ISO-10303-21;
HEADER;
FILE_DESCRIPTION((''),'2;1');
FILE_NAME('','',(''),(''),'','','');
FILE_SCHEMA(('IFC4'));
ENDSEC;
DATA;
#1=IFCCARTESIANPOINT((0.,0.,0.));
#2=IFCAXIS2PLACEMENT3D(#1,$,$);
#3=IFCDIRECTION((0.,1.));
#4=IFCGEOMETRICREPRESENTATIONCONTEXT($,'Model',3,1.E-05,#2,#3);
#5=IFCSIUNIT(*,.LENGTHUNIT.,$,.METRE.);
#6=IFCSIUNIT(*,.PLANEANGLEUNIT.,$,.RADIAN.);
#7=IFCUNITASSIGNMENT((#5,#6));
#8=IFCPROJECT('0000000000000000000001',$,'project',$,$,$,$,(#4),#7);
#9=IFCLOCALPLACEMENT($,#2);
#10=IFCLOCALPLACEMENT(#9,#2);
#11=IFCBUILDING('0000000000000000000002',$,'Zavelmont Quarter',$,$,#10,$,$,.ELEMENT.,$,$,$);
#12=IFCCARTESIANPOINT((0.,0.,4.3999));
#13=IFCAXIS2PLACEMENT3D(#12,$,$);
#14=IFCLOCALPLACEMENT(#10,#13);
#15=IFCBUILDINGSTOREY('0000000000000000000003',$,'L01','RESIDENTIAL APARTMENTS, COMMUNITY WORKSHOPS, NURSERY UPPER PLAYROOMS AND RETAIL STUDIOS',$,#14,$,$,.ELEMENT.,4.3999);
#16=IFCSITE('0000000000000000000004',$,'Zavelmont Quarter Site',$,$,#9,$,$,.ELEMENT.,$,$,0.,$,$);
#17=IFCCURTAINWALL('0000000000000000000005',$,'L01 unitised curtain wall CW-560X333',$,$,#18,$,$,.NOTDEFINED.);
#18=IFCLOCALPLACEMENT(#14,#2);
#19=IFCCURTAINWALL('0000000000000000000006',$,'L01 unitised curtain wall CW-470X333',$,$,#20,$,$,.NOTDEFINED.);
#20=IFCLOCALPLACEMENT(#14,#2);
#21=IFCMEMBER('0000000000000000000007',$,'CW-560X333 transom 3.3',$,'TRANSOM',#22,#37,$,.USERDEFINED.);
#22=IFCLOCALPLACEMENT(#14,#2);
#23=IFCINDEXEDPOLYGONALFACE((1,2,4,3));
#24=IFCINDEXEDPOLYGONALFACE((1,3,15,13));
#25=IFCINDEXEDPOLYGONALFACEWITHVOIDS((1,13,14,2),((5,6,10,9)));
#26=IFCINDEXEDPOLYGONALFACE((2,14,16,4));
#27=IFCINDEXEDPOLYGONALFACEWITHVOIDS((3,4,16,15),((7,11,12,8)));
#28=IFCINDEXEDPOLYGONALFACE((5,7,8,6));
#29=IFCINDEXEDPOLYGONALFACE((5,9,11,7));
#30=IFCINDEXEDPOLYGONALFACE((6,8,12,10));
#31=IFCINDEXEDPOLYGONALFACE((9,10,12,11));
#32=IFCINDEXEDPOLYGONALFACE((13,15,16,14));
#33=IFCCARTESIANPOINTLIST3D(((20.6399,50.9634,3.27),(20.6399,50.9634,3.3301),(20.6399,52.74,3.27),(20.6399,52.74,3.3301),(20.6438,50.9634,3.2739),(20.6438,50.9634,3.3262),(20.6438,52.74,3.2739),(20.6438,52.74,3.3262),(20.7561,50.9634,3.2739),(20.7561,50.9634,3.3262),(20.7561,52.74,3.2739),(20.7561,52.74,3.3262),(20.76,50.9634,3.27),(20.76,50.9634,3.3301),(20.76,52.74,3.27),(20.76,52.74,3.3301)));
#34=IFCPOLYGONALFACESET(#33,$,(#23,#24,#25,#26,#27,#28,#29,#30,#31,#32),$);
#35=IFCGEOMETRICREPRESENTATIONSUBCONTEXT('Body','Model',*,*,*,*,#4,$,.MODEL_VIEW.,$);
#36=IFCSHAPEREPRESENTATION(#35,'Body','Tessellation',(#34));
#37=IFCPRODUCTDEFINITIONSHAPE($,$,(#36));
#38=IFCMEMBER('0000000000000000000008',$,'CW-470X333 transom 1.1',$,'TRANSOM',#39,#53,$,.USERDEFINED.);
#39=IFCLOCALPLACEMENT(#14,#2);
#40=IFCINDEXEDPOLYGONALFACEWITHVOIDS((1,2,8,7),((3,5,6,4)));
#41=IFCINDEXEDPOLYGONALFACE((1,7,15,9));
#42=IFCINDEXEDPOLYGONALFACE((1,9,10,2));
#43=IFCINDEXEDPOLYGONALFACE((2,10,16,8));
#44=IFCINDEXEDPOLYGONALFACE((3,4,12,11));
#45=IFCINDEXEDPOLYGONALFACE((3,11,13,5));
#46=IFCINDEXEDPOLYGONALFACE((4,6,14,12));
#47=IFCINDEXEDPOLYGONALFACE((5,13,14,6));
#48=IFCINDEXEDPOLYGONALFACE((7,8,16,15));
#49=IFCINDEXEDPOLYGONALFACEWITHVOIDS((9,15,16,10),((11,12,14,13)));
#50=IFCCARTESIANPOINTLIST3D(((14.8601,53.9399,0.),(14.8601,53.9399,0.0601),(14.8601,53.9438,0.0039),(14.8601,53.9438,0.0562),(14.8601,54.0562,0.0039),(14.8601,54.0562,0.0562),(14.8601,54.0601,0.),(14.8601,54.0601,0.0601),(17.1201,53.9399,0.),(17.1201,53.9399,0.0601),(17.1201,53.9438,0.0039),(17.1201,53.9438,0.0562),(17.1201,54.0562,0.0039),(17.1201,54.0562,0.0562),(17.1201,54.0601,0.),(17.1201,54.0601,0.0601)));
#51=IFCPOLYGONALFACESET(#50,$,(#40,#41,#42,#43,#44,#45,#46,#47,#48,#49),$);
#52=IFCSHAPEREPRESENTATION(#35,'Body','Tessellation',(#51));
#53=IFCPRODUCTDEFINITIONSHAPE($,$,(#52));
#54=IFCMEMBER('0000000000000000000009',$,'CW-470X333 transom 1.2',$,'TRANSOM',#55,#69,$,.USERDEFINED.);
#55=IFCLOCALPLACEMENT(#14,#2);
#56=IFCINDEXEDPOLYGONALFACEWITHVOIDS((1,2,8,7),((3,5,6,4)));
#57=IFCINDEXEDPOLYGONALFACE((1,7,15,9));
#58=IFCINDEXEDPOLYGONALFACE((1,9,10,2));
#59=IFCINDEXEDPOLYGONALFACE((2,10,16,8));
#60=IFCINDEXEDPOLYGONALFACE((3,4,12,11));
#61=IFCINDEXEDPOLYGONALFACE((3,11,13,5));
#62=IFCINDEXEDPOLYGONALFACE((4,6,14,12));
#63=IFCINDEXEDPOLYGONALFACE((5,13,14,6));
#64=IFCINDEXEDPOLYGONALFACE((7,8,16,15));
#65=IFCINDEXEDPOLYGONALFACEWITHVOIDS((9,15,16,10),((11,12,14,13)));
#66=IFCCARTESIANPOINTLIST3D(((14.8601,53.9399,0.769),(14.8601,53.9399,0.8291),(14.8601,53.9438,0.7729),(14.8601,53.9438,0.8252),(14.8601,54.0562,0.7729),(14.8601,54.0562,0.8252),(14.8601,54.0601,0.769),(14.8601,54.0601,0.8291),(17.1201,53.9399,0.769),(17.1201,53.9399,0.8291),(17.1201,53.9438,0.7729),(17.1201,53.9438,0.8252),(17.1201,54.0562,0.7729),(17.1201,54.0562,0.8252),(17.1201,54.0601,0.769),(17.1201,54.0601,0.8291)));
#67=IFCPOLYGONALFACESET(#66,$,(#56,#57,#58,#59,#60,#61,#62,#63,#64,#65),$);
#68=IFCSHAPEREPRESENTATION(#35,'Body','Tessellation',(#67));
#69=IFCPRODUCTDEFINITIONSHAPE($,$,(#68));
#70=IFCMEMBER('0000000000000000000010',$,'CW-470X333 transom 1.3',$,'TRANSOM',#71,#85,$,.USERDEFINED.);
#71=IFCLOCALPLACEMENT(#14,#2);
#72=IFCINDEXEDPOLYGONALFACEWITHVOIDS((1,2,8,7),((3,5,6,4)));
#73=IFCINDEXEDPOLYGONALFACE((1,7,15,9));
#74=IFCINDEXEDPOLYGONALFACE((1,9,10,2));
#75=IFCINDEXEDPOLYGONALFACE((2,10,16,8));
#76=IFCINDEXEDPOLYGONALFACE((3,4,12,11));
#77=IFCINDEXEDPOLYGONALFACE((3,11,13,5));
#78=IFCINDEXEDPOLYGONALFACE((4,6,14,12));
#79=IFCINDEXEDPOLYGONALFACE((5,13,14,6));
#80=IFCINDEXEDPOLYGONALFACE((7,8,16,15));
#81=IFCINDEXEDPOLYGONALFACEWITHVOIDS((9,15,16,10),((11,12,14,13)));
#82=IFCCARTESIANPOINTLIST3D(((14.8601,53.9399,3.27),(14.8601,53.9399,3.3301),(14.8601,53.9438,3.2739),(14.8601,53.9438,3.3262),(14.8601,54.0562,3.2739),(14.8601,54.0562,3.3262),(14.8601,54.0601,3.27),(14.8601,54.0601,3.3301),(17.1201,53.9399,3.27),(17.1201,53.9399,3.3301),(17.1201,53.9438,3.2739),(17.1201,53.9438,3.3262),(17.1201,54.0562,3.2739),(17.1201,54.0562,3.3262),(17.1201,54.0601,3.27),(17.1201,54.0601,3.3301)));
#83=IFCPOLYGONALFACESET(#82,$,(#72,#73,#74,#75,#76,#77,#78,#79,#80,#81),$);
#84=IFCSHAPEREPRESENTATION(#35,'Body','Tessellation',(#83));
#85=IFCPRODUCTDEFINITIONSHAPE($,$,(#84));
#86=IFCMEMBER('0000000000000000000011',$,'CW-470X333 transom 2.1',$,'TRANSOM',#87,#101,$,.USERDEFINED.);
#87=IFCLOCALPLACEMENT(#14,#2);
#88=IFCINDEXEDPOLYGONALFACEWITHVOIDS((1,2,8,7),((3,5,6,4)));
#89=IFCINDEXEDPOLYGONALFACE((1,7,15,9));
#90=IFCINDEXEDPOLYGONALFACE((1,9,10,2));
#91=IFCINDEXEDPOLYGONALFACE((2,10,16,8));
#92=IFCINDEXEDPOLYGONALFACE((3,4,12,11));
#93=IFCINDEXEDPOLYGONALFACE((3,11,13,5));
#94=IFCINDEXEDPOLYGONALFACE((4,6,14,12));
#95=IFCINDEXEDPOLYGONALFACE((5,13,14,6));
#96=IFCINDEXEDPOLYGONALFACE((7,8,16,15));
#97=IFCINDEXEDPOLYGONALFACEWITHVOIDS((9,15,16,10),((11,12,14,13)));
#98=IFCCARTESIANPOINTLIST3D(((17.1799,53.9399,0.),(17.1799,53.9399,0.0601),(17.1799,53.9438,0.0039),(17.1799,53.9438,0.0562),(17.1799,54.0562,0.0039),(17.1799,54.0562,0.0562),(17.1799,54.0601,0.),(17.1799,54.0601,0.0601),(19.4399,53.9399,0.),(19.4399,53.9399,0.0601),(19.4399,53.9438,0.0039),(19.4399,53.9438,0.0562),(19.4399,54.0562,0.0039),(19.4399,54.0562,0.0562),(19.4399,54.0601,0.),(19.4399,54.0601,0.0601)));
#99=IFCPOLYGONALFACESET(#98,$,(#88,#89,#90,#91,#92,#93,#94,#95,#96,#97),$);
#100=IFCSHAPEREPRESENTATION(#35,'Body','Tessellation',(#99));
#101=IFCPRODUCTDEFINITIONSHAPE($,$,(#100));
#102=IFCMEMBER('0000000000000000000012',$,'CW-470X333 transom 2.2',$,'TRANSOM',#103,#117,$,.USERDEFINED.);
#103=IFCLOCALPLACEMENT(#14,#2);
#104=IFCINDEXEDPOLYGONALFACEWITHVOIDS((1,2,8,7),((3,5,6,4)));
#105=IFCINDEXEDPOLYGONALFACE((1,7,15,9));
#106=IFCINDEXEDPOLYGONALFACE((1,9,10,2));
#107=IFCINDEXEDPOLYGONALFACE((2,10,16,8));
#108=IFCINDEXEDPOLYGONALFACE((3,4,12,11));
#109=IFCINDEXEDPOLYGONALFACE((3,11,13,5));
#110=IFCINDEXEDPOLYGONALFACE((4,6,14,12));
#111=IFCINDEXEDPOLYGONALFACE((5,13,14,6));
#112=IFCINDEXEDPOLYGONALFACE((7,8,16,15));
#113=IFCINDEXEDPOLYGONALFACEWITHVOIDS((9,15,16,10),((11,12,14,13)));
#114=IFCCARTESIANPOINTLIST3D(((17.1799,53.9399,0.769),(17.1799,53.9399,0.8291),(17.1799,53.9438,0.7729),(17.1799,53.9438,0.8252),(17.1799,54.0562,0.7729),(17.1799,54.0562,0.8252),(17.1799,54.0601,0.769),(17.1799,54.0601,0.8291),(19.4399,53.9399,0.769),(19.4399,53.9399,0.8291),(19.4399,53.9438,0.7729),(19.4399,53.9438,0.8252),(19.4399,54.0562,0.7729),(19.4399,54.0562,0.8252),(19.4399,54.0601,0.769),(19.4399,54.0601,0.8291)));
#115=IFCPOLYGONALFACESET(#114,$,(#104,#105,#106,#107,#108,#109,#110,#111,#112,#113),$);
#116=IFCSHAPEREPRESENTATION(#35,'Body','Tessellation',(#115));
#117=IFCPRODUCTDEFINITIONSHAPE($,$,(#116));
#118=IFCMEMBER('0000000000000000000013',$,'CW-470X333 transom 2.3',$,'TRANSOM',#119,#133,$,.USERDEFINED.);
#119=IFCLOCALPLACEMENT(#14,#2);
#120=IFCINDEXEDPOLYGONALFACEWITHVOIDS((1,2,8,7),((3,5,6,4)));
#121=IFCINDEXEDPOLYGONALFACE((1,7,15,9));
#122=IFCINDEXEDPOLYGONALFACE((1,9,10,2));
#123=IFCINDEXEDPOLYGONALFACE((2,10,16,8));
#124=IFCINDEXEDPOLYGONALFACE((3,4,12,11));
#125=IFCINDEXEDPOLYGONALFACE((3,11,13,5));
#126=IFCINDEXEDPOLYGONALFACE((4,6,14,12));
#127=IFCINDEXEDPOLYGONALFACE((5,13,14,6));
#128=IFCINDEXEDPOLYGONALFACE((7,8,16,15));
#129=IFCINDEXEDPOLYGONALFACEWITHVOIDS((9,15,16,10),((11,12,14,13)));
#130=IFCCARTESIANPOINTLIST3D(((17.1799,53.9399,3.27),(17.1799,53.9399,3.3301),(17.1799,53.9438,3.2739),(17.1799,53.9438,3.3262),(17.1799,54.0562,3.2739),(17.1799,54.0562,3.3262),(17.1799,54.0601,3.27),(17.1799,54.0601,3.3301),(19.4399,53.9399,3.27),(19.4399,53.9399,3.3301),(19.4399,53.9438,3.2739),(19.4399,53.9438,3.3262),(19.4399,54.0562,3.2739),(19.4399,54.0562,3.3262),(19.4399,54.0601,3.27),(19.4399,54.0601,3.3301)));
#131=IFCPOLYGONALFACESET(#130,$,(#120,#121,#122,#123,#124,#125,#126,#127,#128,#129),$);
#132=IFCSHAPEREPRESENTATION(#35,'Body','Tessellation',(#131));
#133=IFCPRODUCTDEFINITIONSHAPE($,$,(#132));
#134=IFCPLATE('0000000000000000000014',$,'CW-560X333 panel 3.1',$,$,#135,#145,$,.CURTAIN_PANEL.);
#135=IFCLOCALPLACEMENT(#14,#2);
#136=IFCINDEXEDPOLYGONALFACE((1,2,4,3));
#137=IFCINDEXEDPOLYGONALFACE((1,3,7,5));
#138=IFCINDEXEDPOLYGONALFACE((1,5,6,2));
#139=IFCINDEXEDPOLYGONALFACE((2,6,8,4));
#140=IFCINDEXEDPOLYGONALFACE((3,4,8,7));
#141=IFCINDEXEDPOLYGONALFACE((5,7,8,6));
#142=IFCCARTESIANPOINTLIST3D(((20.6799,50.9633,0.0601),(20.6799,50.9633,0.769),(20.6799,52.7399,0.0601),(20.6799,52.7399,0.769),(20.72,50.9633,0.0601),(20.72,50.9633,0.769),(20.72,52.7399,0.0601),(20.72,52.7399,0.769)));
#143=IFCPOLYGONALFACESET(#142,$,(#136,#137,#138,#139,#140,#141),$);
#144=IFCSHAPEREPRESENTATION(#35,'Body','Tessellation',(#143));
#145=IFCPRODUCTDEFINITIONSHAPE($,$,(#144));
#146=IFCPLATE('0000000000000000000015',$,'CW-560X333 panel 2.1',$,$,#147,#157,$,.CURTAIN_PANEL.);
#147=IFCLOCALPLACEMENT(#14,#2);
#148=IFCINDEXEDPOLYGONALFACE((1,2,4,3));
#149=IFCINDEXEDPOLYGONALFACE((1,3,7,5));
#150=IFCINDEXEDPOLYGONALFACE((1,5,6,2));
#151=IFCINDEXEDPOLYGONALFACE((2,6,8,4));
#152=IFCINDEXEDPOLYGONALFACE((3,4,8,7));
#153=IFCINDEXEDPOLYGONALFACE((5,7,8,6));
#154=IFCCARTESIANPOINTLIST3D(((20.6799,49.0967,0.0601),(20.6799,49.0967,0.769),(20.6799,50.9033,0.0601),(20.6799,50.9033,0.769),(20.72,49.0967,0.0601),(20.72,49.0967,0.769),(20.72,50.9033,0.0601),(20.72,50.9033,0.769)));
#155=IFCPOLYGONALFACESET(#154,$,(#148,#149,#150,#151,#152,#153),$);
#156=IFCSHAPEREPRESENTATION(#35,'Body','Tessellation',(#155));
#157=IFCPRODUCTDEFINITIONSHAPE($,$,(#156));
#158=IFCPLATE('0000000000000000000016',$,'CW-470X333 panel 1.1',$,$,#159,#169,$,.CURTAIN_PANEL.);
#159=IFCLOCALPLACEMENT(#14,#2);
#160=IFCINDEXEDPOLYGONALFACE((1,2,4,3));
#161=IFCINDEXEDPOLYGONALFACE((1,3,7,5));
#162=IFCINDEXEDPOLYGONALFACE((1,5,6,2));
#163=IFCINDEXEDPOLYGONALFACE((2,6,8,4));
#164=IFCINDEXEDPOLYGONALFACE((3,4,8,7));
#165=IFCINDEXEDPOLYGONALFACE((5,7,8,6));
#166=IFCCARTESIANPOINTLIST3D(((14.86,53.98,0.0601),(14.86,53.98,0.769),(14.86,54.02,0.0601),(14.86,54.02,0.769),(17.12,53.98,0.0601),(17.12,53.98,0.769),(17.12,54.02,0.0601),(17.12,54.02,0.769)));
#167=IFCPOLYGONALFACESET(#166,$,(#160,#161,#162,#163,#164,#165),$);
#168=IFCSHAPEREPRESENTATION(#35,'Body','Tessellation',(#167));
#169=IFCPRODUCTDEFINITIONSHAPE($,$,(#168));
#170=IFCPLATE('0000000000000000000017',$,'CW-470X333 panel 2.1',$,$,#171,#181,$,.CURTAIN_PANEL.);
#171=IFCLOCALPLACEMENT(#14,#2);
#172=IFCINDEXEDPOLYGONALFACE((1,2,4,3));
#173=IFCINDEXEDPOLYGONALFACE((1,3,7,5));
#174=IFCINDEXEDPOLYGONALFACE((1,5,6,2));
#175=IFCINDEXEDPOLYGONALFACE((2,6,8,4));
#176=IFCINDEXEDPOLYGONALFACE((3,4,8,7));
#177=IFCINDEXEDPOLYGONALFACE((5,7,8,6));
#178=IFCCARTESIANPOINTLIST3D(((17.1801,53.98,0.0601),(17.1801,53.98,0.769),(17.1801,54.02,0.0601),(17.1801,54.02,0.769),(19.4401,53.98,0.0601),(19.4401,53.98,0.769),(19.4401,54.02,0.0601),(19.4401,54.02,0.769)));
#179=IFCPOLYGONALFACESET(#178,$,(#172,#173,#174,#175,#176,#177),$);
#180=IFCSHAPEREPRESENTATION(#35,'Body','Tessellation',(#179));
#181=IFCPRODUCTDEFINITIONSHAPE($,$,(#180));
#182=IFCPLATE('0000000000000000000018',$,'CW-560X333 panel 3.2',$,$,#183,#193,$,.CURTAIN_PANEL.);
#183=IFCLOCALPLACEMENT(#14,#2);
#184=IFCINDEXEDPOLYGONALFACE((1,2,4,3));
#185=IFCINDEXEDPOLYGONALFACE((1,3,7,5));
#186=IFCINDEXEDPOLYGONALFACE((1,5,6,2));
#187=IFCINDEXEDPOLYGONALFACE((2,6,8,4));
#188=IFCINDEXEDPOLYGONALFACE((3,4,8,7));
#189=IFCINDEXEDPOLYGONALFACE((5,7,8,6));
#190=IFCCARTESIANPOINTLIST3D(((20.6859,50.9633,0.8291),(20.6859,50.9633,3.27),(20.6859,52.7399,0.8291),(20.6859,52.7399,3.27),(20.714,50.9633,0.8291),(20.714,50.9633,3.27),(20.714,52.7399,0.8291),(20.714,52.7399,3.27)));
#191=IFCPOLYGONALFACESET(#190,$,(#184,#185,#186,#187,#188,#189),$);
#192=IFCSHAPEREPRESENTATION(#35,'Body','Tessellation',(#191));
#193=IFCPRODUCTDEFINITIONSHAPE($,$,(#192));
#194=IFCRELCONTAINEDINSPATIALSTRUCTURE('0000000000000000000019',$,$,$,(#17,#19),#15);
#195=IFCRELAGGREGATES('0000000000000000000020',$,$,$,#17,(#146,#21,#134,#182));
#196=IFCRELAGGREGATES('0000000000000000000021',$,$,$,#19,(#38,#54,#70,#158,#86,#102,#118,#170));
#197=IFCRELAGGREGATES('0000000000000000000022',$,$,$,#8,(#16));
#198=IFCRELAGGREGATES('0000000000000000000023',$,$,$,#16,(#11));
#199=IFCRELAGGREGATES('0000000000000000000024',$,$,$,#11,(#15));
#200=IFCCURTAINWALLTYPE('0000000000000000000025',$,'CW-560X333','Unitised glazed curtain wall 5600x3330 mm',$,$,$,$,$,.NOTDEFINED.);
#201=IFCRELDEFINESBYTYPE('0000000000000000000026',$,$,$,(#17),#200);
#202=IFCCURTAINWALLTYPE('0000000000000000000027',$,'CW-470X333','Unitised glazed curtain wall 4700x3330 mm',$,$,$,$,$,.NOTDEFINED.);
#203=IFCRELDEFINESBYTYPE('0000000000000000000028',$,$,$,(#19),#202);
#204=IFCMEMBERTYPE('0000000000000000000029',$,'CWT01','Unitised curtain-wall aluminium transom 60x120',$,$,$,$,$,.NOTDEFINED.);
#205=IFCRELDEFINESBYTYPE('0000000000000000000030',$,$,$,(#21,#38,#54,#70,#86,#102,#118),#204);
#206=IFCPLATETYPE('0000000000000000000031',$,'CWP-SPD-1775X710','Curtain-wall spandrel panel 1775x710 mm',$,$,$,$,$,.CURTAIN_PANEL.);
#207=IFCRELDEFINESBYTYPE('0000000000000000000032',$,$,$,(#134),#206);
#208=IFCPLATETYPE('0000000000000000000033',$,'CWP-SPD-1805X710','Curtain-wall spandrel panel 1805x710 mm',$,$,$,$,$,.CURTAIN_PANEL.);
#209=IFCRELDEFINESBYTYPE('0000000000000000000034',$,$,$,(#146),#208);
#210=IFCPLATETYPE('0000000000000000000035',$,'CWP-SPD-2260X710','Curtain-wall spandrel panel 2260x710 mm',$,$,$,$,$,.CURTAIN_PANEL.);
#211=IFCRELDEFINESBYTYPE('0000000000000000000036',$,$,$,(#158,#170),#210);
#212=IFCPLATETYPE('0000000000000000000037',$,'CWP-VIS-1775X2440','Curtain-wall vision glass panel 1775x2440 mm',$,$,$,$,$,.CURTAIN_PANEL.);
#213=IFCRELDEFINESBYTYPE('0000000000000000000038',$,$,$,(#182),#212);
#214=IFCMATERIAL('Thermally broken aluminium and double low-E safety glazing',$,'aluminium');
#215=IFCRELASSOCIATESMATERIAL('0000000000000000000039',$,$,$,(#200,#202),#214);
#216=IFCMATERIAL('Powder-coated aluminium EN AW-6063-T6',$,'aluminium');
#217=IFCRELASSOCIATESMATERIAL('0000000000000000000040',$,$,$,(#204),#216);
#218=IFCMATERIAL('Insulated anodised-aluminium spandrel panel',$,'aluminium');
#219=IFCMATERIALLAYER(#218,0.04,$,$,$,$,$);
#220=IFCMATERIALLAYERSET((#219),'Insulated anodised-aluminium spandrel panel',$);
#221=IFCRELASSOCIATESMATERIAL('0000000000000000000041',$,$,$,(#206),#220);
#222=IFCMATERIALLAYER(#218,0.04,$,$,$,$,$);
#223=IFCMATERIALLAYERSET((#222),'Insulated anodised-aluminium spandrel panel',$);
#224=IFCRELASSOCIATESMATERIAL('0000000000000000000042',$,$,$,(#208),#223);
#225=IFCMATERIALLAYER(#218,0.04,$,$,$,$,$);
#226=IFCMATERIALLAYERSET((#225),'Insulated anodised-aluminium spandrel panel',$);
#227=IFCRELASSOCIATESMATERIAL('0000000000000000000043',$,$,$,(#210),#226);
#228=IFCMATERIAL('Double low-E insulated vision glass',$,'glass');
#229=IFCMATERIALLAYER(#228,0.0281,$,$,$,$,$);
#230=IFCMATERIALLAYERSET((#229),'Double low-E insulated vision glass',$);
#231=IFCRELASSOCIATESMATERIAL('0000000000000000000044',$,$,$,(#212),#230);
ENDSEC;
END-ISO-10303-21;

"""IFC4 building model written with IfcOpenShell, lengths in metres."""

from ifc_helpers import new_model, si_unit, direction, frame, origin, origin_2d, place, context, subcontext, project, spatial, rectangle, hollow_rectangle, extrude, material, layer, layer_set, material_profile, profile_set, type_object, element, aggregate, save


model = new_model("IFC4")

# Units and contexts
model_context = context("Model", 3, precision=1e-05, world=origin(), true_north=direction((0.0, 1.0)))
body_context = subcontext(model_context, "Body", "Model", "MODEL_VIEW")
ifc_project = project(units=[si_unit("LENGTHUNIT", "METRE"), si_unit("PLANEANGLEUNIT", "RADIAN")], contexts=[model_context])

# Site, building, storey
site_placement = place(None, origin())
site = spatial("IfcSite", under=ifc_project, at=site_placement, Name="Zavelmont Quarter Site", CompositionType="ELEMENT", RefElevation=0.0)
building_placement = place(site_placement, origin())
building = spatial("IfcBuilding", under=site, at=building_placement, Name="Zavelmont Quarter", CompositionType="ELEMENT")
storey_placement = place(building_placement, frame((0.0, 0.0, 4.3999)))
storey = spatial("IfcBuildingStorey", under=building, at=storey_placement, Name="L01", Description="RESIDENTIAL APARTMENTS, COMMUNITY WORKSHOPS, NURSERY UPPER PLAYROOMS AND RETAIL STUDIOS", CompositionType="ELEMENT", Elevation=4.3999)

# Curtain walls
ifc_material_1 = material(Name="Thermally broken aluminium and double low-E safety glazing", Category="aluminium")
curtain_wall_type_1 = type_object("IfcCurtainWallType", Name="CW-560X333", Description="Unitised glazed curtain wall 5600x3330 mm", PredefinedType="NOTDEFINED", material=ifc_material_1)
curtain_wall_1_placement = place(storey_placement, origin())
curtain_wall_1 = element("IfcCurtainWall", 1, at=curtain_wall_1_placement, inside=storey, type_object=curtain_wall_type_1, Name="L01 unitised curtain wall CW-560X333", PredefinedType="NOTDEFINED")
ifc_material_2 = material(Name="Powder-coated aluminium EN AW-6063-T6", Category="aluminium")
curtain_wall_type_2 = type_object("IfcCurtainWallType", Name="CW-470X333", Description="Unitised glazed curtain wall 4700x3330 mm", PredefinedType="NOTDEFINED", material=ifc_material_1)
curtain_wall_2_placement = place(storey_placement, origin())
curtain_wall_2 = element("IfcCurtainWall", 2, at=curtain_wall_2_placement, inside=storey, type_object=curtain_wall_type_2, Name="L01 unitised curtain wall CW-470X333", PredefinedType="NOTDEFINED")

# Members
ifc_material_profile_1 = material_profile(ifc_material_2, hollow_rectangle(XDim=0.1201, YDim=0.0601, WallThickness=0.0039, at=origin_2d()), Name="CWT60X120")
ifc_profile_set_1 = profile_set([ifc_material_profile_1], Name="Powder-coated aluminium EN AW-6063-T6")
member_type_1 = type_object("IfcMemberType", Name="CWT01", Description="Unitised curtain-wall aluminium transom 60x120", PredefinedType="NOTDEFINED", material=ifc_profile_set_1)
member_1_placement = place(storey_placement, frame((20.7, 50.9634, 3.3), z_axis=(0.0, 1.0, 0.0), x_axis=(-1.0, 0.0, 0.0)))
member_1 = element("IfcMember", 3, at=member_1_placement, type_object=member_type_1, Name="CW-560X333 transom 3.3", ObjectType="TRANSOM", PredefinedType="USERDEFINED", context=body_context, shape_type="SweptSolid", body=[
    extrude(hollow_rectangle(XDim=0.1201, YDim=0.0601, WallThickness=0.0039, at=origin_2d()), origin(), (0.0, 0.0, 1.0), 1.7766),
])
member_2_placement = place(storey_placement, frame((14.8601, 54.0, 0.03), z_axis=(1.0, 0.0, 0.0), x_axis=(0.0, 1.0, 0.0)))
member_2 = element("IfcMember", 4, at=member_2_placement, type_object=member_type_1, Name="CW-470X333 transom 1.1", ObjectType="TRANSOM", PredefinedType="USERDEFINED", context=body_context, shape_type="SweptSolid", body=[
    extrude(hollow_rectangle(XDim=0.1201, YDim=0.0601, WallThickness=0.0039, at=origin_2d()), origin(), (0.0, 0.0, 1.0), 2.26),
])
member_3_placement = place(storey_placement, frame((14.8601, 54.0, 0.7991), z_axis=(1.0, 0.0, 0.0), x_axis=(0.0, 1.0, 0.0)))
member_3 = element("IfcMember", 5, at=member_3_placement, type_object=member_type_1, Name="CW-470X333 transom 1.2", ObjectType="TRANSOM", PredefinedType="USERDEFINED", context=body_context, shape_type="SweptSolid", body=[
    extrude(hollow_rectangle(XDim=0.1201, YDim=0.0601, WallThickness=0.0039, at=origin_2d()), origin(), (0.0, 0.0, 1.0), 2.26),
])
member_4_placement = place(storey_placement, frame((14.8601, 54.0, 3.3), z_axis=(1.0, 0.0, 0.0), x_axis=(0.0, 1.0, 0.0)))
member_4 = element("IfcMember", 6, at=member_4_placement, type_object=member_type_1, Name="CW-470X333 transom 1.3", ObjectType="TRANSOM", PredefinedType="USERDEFINED", context=body_context, shape_type="SweptSolid", body=[
    extrude(hollow_rectangle(XDim=0.1201, YDim=0.0601, WallThickness=0.0039, at=origin_2d()), origin(), (0.0, 0.0, 1.0), 2.26),
])
member_5_placement = place(storey_placement, frame((17.1799, 54.0, 0.03), z_axis=(1.0, 0.0, 0.0), x_axis=(0.0, 1.0, 0.0)))
member_5 = element("IfcMember", 7, at=member_5_placement, type_object=member_type_1, Name="CW-470X333 transom 2.1", ObjectType="TRANSOM", PredefinedType="USERDEFINED", context=body_context, shape_type="SweptSolid", body=[
    extrude(hollow_rectangle(XDim=0.1201, YDim=0.0601, WallThickness=0.0039, at=origin_2d()), origin(), (0.0, 0.0, 1.0), 2.26),
])
member_6_placement = place(storey_placement, frame((17.1799, 54.0, 0.7991), z_axis=(1.0, 0.0, 0.0), x_axis=(0.0, 1.0, 0.0)))
member_6 = element("IfcMember", 8, at=member_6_placement, type_object=member_type_1, Name="CW-470X333 transom 2.2", ObjectType="TRANSOM", PredefinedType="USERDEFINED", context=body_context, shape_type="SweptSolid", body=[
    extrude(hollow_rectangle(XDim=0.1201, YDim=0.0601, WallThickness=0.0039, at=origin_2d()), origin(), (0.0, 0.0, 1.0), 2.26),
])
member_7_placement = place(storey_placement, frame((17.1799, 54.0, 3.3), z_axis=(1.0, 0.0, 0.0), x_axis=(0.0, 1.0, 0.0)))
member_7 = element("IfcMember", 9, at=member_7_placement, type_object=member_type_1, Name="CW-470X333 transom 2.3", ObjectType="TRANSOM", PredefinedType="USERDEFINED", context=body_context, shape_type="SweptSolid", body=[
    extrude(hollow_rectangle(XDim=0.1201, YDim=0.0601, WallThickness=0.0039, at=origin_2d()), origin(), (0.0, 0.0, 1.0), 2.26),
])

# Plates
ifc_material_3 = material(Name="Insulated anodised-aluminium spandrel panel", Category="aluminium")
ifc_layer_1 = layer(ifc_material_3, 0.04)
ifc_layer_set_1 = layer_set([ifc_layer_1], Name="Insulated anodised-aluminium spandrel panel")
plate_type_1 = type_object("IfcPlateType", Name="CWP-SPD-1775X710", Description="Curtain-wall spandrel panel 1775x710 mm", PredefinedType="CURTAIN_PANEL", material=ifc_layer_set_1)
plate_1_placement = place(storey_placement, frame((20.7, 51.8516, 0.0601), z_axis=(0.0, 0.0, 1.0), x_axis=(0.0, 1.0, 0.0)))
plate_1 = element("IfcPlate", 10, at=plate_1_placement, type_object=plate_type_1, Name="CW-560X333 panel 3.1", PredefinedType="CURTAIN_PANEL", context=body_context, shape_type="SweptSolid", body=[
    extrude(rectangle(XDim=1.7766, YDim=0.04, at=origin_2d()), origin(), (0.0, 0.0, 1.0), 0.709),
])
ifc_layer_2 = layer(ifc_material_3, 0.04)
ifc_layer_set_2 = layer_set([ifc_layer_2], Name="Insulated anodised-aluminium spandrel panel")
plate_type_2 = type_object("IfcPlateType", Name="CWP-SPD-1805X710", Description="Curtain-wall spandrel panel 1805x710 mm", PredefinedType="CURTAIN_PANEL", material=ifc_layer_set_2)
plate_2_placement = place(storey_placement, frame((20.7, 50.0, 0.0601), z_axis=(0.0, 0.0, 1.0), x_axis=(0.0, 1.0, 0.0)))
plate_2 = element("IfcPlate", 11, at=plate_2_placement, type_object=plate_type_2, Name="CW-560X333 panel 2.1", PredefinedType="CURTAIN_PANEL", context=body_context, shape_type="SweptSolid", body=[
    extrude(rectangle(XDim=1.8066, YDim=0.04, at=origin_2d()), origin(), (0.0, 0.0, 1.0), 0.709),
])
ifc_layer_3 = layer(ifc_material_3, 0.04)
ifc_layer_set_3 = layer_set([ifc_layer_3], Name="Insulated anodised-aluminium spandrel panel")
plate_type_3 = type_object("IfcPlateType", Name="CWP-SPD-2260X710", Description="Curtain-wall spandrel panel 2260x710 mm", PredefinedType="CURTAIN_PANEL", material=ifc_layer_set_3)
plate_3_placement = place(storey_placement, frame((15.99, 54.0, 0.0601), z_axis=(0.0, 0.0, 1.0), x_axis=(1.0, 0.0, 0.0)))
plate_3 = element("IfcPlate", 12, at=plate_3_placement, type_object=plate_type_3, Name="CW-470X333 panel 1.1", PredefinedType="CURTAIN_PANEL", context=body_context, shape_type="SweptSolid", body=[
    extrude(rectangle(XDim=2.26, YDim=0.04, at=origin_2d()), origin(), (0.0, 0.0, 1.0), 0.709),
])
plate_4_placement = place(storey_placement, frame((18.3101, 54.0, 0.0601), z_axis=(0.0, 0.0, 1.0), x_axis=(1.0, 0.0, 0.0)))
plate_4 = element("IfcPlate", 13, at=plate_4_placement, type_object=plate_type_3, Name="CW-470X333 panel 2.1", PredefinedType="CURTAIN_PANEL", context=body_context, shape_type="SweptSolid", body=[
    extrude(rectangle(XDim=2.26, YDim=0.04, at=origin_2d()), origin(), (0.0, 0.0, 1.0), 0.709),
])
ifc_material_4 = material(Name="Double low-E insulated vision glass", Category="glass")
ifc_layer_4 = layer(ifc_material_4, 0.0281)
ifc_layer_set_4 = layer_set([ifc_layer_4], Name="Double low-E insulated vision glass")
plate_type_4 = type_object("IfcPlateType", Name="CWP-VIS-1775X2440", Description="Curtain-wall vision glass panel 1775x2440 mm", PredefinedType="CURTAIN_PANEL", material=ifc_layer_set_4)
plate_5_placement = place(storey_placement, frame((20.7, 51.8516, 0.8291), z_axis=(0.0, 0.0, 1.0), x_axis=(0.0, 1.0, 0.0)))
plate_5 = element("IfcPlate", 14, at=plate_5_placement, type_object=plate_type_4, Name="CW-560X333 panel 3.2", PredefinedType="CURTAIN_PANEL", context=body_context, shape_type="SweptSolid", body=[
    extrude(rectangle(XDim=1.7766, YDim=0.0281, at=origin_2d()), origin(), (0.0, 0.0, 1.0), 2.4409),
])
aggregate(curtain_wall_1, [plate_2, member_1, plate_1, plate_5])
aggregate(curtain_wall_2, [member_2, member_3, member_4, plate_3, member_5, member_6, member_7, plate_4])

save(model, "model.ifc")
